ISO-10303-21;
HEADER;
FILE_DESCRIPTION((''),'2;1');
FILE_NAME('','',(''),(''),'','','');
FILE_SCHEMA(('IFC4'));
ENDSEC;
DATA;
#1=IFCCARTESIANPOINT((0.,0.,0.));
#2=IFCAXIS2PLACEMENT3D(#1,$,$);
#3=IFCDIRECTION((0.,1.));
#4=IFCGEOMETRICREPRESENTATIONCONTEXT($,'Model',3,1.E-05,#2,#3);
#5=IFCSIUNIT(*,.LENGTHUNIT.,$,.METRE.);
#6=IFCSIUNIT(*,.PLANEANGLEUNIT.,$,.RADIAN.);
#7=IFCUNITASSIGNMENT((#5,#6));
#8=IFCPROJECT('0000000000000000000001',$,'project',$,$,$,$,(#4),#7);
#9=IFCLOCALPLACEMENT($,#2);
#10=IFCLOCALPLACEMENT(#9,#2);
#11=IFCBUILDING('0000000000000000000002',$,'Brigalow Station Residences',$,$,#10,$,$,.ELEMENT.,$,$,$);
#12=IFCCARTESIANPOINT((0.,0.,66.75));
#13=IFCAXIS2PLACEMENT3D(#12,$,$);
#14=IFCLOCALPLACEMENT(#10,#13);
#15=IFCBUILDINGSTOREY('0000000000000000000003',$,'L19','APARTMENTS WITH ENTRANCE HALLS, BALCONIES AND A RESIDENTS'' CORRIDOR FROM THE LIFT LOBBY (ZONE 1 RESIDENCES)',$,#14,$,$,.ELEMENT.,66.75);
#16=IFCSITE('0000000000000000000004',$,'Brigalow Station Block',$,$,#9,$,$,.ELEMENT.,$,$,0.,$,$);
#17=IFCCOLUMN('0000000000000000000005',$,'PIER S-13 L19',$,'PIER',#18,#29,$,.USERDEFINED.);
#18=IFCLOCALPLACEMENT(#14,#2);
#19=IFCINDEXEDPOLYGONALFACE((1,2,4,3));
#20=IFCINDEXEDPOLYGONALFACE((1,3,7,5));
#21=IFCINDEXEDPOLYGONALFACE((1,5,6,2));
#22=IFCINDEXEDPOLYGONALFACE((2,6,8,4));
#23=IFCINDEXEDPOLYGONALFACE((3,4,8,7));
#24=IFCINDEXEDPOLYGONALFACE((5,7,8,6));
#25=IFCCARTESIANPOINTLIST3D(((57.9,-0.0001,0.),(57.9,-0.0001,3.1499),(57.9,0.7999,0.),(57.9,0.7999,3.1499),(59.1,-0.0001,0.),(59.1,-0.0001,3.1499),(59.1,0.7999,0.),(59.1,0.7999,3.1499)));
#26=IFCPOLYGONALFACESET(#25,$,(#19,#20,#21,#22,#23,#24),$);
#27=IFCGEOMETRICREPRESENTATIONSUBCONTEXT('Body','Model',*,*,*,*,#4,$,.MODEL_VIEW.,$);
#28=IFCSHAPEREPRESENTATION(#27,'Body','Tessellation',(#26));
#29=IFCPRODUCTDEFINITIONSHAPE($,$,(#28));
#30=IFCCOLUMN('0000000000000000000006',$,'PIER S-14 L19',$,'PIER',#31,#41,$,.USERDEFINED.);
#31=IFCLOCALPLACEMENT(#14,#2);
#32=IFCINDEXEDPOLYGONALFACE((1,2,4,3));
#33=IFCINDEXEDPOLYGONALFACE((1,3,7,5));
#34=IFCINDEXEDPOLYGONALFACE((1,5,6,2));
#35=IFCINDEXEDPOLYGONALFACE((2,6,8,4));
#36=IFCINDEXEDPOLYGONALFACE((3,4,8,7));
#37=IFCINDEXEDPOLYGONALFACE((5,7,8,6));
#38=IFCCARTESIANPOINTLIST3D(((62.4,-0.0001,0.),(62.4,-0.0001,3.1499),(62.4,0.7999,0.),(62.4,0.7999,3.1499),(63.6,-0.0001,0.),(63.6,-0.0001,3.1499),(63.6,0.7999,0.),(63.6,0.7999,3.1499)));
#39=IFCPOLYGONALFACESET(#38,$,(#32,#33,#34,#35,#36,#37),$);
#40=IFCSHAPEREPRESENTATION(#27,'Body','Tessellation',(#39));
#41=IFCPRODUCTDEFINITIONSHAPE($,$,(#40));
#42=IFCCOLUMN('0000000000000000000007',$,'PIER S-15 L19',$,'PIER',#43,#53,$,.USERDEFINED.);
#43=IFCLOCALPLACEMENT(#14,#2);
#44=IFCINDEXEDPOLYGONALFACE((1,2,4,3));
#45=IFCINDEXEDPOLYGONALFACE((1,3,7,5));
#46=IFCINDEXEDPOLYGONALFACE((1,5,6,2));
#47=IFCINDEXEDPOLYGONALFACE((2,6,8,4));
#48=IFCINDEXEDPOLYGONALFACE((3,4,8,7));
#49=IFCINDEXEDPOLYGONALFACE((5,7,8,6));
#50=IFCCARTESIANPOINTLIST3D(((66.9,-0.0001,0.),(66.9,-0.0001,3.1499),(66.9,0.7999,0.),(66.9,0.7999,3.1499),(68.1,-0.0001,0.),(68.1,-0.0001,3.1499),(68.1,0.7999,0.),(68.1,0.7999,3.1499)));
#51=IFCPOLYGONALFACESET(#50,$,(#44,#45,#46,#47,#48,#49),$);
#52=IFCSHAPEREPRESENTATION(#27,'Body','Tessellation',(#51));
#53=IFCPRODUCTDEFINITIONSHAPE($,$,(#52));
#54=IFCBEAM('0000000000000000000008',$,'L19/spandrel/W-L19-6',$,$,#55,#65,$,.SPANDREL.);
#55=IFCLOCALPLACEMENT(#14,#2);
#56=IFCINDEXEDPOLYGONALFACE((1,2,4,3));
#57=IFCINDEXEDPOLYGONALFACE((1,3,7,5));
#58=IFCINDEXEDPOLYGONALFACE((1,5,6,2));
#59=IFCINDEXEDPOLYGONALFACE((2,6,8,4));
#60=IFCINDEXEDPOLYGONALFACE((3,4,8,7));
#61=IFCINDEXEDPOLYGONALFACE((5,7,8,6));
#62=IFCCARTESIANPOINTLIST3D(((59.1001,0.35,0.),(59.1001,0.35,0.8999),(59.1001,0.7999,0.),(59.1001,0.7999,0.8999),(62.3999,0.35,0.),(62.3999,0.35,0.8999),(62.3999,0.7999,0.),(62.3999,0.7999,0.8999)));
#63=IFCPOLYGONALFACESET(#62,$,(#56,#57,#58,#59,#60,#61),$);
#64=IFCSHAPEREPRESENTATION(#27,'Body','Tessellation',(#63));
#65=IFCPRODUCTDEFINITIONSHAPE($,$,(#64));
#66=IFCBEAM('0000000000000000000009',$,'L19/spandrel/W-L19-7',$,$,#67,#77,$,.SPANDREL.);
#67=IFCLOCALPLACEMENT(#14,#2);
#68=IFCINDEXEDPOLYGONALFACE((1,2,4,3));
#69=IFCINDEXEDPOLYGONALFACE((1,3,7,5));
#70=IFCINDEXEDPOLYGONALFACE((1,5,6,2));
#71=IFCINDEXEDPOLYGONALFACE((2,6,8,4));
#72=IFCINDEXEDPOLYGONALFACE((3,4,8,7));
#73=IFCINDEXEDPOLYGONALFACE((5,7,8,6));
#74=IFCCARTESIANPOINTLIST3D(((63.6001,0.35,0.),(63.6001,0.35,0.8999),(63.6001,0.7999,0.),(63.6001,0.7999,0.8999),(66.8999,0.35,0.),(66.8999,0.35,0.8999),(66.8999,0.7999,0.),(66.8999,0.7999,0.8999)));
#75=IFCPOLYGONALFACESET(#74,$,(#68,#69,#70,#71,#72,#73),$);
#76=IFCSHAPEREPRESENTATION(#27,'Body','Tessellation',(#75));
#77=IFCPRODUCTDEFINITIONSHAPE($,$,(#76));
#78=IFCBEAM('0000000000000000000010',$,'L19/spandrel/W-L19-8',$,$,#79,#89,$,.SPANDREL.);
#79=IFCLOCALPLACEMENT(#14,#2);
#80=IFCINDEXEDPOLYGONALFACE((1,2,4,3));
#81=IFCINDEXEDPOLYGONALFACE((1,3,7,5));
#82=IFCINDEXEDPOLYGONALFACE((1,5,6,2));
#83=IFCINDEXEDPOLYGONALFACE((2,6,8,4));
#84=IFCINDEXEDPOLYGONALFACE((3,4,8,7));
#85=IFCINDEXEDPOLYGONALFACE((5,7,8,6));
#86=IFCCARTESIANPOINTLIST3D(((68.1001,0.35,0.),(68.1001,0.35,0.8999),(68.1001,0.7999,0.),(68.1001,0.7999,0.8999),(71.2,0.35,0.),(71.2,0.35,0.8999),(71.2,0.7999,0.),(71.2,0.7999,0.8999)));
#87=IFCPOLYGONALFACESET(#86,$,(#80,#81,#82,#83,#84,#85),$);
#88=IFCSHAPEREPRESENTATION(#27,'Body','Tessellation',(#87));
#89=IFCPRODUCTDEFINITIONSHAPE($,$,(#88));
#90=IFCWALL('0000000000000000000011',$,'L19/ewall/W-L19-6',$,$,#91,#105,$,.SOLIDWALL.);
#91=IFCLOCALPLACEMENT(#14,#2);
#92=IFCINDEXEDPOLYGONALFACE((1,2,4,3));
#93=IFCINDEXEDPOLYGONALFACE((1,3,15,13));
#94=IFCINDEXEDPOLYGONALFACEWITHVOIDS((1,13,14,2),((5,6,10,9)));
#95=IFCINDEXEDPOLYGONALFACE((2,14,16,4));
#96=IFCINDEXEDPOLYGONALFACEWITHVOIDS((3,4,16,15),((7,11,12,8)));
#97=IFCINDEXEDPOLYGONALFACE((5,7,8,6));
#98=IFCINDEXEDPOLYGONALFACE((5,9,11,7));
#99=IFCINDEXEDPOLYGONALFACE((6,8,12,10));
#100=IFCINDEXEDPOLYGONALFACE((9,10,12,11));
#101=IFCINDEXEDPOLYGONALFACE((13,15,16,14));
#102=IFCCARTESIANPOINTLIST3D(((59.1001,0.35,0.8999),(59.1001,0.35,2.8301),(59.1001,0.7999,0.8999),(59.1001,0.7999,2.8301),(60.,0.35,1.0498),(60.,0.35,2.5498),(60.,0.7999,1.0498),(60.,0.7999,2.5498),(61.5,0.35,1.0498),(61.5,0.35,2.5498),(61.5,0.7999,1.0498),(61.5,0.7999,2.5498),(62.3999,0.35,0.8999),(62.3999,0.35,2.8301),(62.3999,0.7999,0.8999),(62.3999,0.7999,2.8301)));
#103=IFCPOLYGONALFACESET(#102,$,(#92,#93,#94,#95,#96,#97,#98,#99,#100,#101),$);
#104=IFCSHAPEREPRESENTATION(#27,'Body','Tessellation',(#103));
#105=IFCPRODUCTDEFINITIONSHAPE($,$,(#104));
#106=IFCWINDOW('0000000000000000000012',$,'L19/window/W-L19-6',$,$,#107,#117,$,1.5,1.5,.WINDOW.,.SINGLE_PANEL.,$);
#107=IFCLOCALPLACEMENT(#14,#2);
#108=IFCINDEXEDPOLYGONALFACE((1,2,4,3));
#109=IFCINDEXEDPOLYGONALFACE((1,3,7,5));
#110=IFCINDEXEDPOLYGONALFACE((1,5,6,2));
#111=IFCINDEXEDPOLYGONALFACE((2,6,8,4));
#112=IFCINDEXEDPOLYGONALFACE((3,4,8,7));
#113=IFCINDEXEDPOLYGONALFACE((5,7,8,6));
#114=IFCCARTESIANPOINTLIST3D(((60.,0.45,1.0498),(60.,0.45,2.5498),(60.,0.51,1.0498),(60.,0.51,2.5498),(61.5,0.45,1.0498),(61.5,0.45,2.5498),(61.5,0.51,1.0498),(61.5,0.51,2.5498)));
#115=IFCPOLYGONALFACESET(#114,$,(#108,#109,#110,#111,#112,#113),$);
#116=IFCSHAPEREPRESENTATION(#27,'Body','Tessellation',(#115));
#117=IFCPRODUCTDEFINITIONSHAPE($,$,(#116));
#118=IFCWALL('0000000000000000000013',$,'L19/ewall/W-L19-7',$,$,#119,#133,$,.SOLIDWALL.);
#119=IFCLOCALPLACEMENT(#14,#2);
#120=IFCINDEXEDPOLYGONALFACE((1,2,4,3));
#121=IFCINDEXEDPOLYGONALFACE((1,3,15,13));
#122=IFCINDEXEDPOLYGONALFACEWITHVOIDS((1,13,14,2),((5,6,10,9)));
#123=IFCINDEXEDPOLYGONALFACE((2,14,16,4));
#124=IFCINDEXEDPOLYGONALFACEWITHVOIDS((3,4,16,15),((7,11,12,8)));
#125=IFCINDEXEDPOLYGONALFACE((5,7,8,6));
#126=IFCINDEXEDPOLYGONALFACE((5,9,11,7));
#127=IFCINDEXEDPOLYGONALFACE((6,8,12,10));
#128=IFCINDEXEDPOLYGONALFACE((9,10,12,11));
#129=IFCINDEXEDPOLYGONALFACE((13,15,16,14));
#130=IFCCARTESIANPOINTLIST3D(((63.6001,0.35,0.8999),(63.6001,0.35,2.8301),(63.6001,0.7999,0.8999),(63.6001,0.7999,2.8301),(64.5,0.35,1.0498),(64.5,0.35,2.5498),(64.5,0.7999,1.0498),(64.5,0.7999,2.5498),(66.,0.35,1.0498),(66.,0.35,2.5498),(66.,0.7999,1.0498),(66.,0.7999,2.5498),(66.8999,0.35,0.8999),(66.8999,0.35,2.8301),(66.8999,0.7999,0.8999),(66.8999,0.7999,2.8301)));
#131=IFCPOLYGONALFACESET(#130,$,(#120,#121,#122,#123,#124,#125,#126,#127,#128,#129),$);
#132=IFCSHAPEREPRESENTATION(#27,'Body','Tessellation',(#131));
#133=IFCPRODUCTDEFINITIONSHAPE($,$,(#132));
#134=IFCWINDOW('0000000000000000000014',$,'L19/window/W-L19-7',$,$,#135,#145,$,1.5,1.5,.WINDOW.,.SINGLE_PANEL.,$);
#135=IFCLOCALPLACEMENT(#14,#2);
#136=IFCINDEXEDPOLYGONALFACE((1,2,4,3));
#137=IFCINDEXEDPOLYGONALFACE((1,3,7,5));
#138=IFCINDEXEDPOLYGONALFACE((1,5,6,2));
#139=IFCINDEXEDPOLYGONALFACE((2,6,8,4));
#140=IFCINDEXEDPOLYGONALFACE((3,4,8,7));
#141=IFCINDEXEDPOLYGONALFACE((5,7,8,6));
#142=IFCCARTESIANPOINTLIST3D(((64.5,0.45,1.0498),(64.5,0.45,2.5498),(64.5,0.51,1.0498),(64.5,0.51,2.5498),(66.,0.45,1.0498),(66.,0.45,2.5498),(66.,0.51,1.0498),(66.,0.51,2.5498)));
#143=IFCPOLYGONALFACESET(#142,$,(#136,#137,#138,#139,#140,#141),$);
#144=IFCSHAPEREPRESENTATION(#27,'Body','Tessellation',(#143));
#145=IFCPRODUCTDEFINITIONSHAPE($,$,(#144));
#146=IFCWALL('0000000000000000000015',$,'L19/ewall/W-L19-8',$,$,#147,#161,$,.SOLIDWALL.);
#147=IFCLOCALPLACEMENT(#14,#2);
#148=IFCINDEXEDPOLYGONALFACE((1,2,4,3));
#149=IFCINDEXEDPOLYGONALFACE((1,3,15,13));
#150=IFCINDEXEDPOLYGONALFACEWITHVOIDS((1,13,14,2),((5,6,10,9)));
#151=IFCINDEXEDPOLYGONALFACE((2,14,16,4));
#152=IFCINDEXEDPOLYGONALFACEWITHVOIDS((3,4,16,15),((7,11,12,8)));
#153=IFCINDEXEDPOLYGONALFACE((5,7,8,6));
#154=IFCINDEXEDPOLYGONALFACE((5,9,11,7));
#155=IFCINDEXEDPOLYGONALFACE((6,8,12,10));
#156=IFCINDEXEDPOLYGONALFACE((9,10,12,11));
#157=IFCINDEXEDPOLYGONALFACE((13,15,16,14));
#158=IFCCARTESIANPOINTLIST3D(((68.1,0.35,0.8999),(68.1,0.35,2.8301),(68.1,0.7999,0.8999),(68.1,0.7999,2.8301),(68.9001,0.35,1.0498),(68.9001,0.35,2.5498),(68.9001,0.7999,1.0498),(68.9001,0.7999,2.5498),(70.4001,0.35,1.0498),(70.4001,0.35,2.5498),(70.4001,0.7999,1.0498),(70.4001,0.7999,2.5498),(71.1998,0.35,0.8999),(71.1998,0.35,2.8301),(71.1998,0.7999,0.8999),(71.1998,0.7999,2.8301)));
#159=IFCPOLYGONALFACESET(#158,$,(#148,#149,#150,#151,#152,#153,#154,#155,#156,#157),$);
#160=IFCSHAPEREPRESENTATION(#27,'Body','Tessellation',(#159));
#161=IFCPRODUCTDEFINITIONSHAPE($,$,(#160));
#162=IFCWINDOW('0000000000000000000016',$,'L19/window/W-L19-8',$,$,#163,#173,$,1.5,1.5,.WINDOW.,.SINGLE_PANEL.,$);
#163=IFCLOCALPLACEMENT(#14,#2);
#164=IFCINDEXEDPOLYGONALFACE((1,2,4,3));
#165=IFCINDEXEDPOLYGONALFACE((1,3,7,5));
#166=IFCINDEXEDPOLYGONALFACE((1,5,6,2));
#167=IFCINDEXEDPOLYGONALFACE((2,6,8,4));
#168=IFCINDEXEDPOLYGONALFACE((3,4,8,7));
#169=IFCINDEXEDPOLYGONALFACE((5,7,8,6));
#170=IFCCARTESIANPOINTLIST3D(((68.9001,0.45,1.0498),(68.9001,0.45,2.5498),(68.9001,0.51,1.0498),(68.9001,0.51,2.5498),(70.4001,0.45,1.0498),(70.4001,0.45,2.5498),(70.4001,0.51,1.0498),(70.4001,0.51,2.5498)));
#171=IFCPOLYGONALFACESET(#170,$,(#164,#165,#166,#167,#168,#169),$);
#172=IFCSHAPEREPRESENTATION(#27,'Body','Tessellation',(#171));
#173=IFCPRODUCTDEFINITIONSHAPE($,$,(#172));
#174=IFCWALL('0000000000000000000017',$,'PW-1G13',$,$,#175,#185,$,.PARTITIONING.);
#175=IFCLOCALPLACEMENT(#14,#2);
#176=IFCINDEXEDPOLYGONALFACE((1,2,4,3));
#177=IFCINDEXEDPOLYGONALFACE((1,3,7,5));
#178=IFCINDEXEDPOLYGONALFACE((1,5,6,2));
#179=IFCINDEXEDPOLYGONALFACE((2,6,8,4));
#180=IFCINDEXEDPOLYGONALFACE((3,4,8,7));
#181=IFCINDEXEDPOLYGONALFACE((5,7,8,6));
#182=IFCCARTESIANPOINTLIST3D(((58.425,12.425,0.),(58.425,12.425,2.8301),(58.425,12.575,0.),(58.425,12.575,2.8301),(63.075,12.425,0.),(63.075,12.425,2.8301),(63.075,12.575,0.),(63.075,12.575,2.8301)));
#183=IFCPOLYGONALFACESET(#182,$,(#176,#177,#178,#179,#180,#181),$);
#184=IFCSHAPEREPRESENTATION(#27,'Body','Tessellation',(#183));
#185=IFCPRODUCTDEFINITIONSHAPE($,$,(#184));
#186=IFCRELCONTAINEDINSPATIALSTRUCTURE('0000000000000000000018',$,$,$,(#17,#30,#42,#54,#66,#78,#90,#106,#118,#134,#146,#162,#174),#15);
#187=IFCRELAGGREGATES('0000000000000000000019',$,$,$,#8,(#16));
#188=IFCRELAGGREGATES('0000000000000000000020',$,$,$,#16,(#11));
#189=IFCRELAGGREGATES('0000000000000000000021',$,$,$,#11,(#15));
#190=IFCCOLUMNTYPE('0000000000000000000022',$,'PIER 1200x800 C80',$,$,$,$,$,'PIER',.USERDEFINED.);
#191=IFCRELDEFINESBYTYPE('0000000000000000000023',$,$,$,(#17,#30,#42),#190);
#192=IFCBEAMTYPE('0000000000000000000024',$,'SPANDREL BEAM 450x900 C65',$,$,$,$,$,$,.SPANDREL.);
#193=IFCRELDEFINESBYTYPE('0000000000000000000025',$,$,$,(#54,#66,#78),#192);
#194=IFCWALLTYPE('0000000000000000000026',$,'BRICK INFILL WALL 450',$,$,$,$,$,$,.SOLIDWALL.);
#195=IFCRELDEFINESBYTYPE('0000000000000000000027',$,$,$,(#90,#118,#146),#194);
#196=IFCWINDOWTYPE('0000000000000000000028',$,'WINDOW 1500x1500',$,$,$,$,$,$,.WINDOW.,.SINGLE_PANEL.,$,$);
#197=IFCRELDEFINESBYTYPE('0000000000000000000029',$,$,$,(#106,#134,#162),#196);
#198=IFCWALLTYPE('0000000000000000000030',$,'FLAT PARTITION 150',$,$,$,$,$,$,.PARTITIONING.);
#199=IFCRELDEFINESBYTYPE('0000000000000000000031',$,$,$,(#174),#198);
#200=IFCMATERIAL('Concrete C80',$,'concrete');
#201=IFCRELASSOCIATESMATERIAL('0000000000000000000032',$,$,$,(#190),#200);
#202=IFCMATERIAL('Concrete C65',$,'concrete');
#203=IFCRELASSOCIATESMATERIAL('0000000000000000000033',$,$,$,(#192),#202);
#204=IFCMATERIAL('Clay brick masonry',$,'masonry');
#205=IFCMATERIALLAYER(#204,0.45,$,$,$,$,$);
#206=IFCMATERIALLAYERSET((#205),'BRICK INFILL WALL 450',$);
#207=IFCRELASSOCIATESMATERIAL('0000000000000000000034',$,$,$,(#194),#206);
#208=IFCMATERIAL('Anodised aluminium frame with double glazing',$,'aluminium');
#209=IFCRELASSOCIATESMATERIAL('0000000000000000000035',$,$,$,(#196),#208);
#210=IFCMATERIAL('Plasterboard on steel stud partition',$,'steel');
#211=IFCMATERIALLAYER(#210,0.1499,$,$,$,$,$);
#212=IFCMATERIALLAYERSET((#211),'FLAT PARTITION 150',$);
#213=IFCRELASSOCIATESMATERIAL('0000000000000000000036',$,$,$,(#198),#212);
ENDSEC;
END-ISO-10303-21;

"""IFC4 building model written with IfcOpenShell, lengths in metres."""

from ifc_helpers import new_model, si_unit, direction, frame, frame_2d, origin, origin_2d, place, context, subcontext, project, spatial, rectangle, extrude, material, layer, layer_set, material_profile, profile_set, type_object, element, fill, save


model = new_model("IFC4")

# Units and contexts
model_context = context("Model", 3, precision=1e-05, world=origin(), true_north=direction((0.0, 1.0)))
body_context = subcontext(model_context, "Body", "Model", "MODEL_VIEW")
ifc_project = project(units=[si_unit("LENGTHUNIT", "METRE"), si_unit("PLANEANGLEUNIT", "RADIAN")], contexts=[model_context])

# Site, building, storey
site_placement = place(None, origin())
site = spatial("IfcSite", under=ifc_project, at=site_placement, Name="Brigalow Station Block", CompositionType="ELEMENT", RefElevation=0.0)
building_placement = place(site_placement, origin())
building = spatial("IfcBuilding", under=site, at=building_placement, Name="Brigalow Station Residences", CompositionType="ELEMENT")
storey_placement = place(building_placement, frame((0.0, 0.0, 66.75)))
storey = spatial("IfcBuildingStorey", under=building, at=storey_placement, Name="L19", Description="APARTMENTS WITH ENTRANCE HALLS, BALCONIES AND A RESIDENTS' CORRIDOR FROM THE LIFT LOBBY (ZONE 1 RESIDENCES)", CompositionType="ELEMENT", Elevation=66.75)

# Columns
ifc_material_1 = material(Name="Concrete C80", Category="concrete")
ifc_material_profile_1 = material_profile(ifc_material_1, rectangle(XDim=1.2, YDim=0.8, at=origin_2d()), Name="RC1200x800")
ifc_profile_set_1 = profile_set([ifc_material_profile_1], Name="Concrete C80")
column_type = type_object("IfcColumnType", Name="PIER 1200x800 C80", ElementType="PIER", PredefinedType="USERDEFINED", material=ifc_profile_set_1)
for number, where, z_axis, x_axis, name in (
    (1, (58.5, 0.3999, 0.0), (0.0, 0.0, 1.0), (1.0, 0.0, 0.0), "PIER S-13 L19"),
    (2, (63.0, 0.3999, 0.0), (0.0, 0.0, 1.0), (1.0, 0.0, 0.0), "PIER S-14 L19"),
    (3, (67.5, 0.3999, 0.0), (0.0, 0.0, 1.0), (1.0, 0.0, 0.0), "PIER S-15 L19"),
):
    element("IfcColumn", number, at=place(storey_placement, frame(where, z_axis=z_axis, x_axis=x_axis)), inside=storey, type_object=column_type, Name=name, ObjectType="PIER", PredefinedType="USERDEFINED", context=body_context, shape_type="SweptSolid", body=[
        extrude(rectangle(XDim=1.2, YDim=0.8, at=origin_2d()), origin(), (0.0, 0.0, 1.0), 3.1499),
    ])

# Beams
ifc_material_2 = material(Name="Concrete C65", Category="concrete")
ifc_material_profile_2 = material_profile(ifc_material_2, rectangle(XDim=0.45, YDim=0.8999, at=origin_2d()), Name="RC450x900")
ifc_profile_set_2 = profile_set([ifc_material_profile_2], Name="Concrete C65")
beam_type = type_object("IfcBeamType", Name="SPANDREL BEAM 450x900 C65", PredefinedType="SPANDREL", material=ifc_profile_set_2)
for number, where, z_axis, x_axis, name in (
    (4, (59.1001, 0.575, 0.45), (1.0, 0.0, 0.0), (0.0, 1.0, 0.0), "L19/spandrel/W-L19-6"),
    (5, (63.6001, 0.575, 0.45), (1.0, 0.0, 0.0), (0.0, 1.0, 0.0), "L19/spandrel/W-L19-7"),
):
    element("IfcBeam", number, at=place(storey_placement, frame(where, z_axis=z_axis, x_axis=x_axis)), inside=storey, type_object=beam_type, Name=name, PredefinedType="SPANDREL", context=body_context, shape_type="SweptSolid", body=[
        extrude(rectangle(XDim=0.45, YDim=0.8999, at=origin_2d()), origin(), (0.0, 0.0, 1.0), 3.2998),
    ])
beam_placement = place(storey_placement, frame((68.1001, 0.575, 0.45), z_axis=(1.0, 0.0, 0.0), x_axis=(0.0, 1.0, 0.0)))
element("IfcBeam", 6, at=beam_placement, inside=storey, type_object=beam_type, Name="L19/spandrel/W-L19-8", PredefinedType="SPANDREL", context=body_context, shape_type="SweptSolid", body=[
    extrude(rectangle(XDim=0.45, YDim=0.8999, at=origin_2d()), origin(), (0.0, 0.0, 1.0), 3.0999),
])

# Walls, openings, windows
ifc_material_3 = material(Name="Clay brick masonry", Category="masonry")
ifc_layer_1 = layer(ifc_material_3, 0.45)
ifc_layer_set_1 = layer_set([ifc_layer_1], Name="BRICK INFILL WALL 450")
wall_type_1 = type_object("IfcWallType", Name="BRICK INFILL WALL 450", PredefinedType="SOLIDWALL", material=ifc_layer_set_1)
wall_1_placement = place(storey_placement, frame((59.1001, 0.575, 0.8999), z_axis=(0.0, 0.0, 1.0), x_axis=(1.0, 0.0, 0.0)))
wall_1 = element("IfcWall", 7, at=wall_1_placement, inside=storey, type_object=wall_type_1, Name="L19/ewall/W-L19-6", PredefinedType="SOLIDWALL", context=body_context, shape_type="SweptSolid", body=[
    extrude(rectangle(XDim=3.2998, YDim=0.45, at=frame_2d((1.6499, 0.0))), origin(), (0.0, 0.0, 1.0), 1.9302),
])
opening_1_placement = place(wall_1_placement, frame((0.8999, 0.0, 0.1499)))
opening_1 = element("IfcOpeningElement", 8, at=opening_1_placement, cuts=wall_1, PredefinedType="OPENING", context=body_context, shape_type="SweptSolid", body=[
    extrude(rectangle(XDim=1.5, YDim=1.5, at=frame_2d((0.75, 0.75))), frame((0.0, 0.2349, 0.0), z_axis=(0.0, -1.0, 0.0), x_axis=(1.0, 0.0, 0.0)), (0.0, 0.0, 1.0), 0.47),
])
ifc_material_4 = material(Name="Anodised aluminium frame with double glazing", Category="aluminium")
window_type = type_object("IfcWindowType", Name="WINDOW 1500x1500", PartitioningType="SINGLE_PANEL", PredefinedType="WINDOW", material=ifc_material_4)
window_1_placement = place(opening_1_placement, origin())
window_1 = element("IfcWindow", 9, at=window_1_placement, inside=storey, type_object=window_type, Name="L19/window/W-L19-6", OverallHeight=1.5, OverallWidth=1.5, PartitioningType="SINGLE_PANEL", PredefinedType="WINDOW", context=body_context, shape_type="SweptSolid", body=[
    extrude(rectangle(XDim=1.5, YDim=1.5, at=frame_2d((0.75, 0.75))), frame((0.0, -0.0649, 0.0), z_axis=(0.0, -1.0, 0.0), x_axis=(1.0, 0.0, 0.0)), (0.0, 0.0, 1.0), 0.0601),
])
fill(opening_1, window_1)
wall_2_placement = place(storey_placement, frame((63.6001, 0.575, 0.8999), z_axis=(0.0, 0.0, 1.0), x_axis=(1.0, 0.0, 0.0)))
wall_2 = element("IfcWall", 10, at=wall_2_placement, inside=storey, type_object=wall_type_1, Name="L19/ewall/W-L19-7", PredefinedType="SOLIDWALL", context=body_context, shape_type="SweptSolid", body=[
    extrude(rectangle(XDim=3.2998, YDim=0.45, at=frame_2d((1.6499, 0.0))), origin(), (0.0, 0.0, 1.0), 1.9302),
])
opening_2_placement = place(wall_2_placement, frame((0.8999, 0.0, 0.1499)))
opening_2 = element("IfcOpeningElement", 11, at=opening_2_placement, cuts=wall_2, PredefinedType="OPENING", context=body_context, shape_type="SweptSolid", body=[
    extrude(rectangle(XDim=1.5, YDim=1.5, at=frame_2d((0.75, 0.75))), frame((0.0, 0.2349, 0.0), z_axis=(0.0, -1.0, 0.0), x_axis=(1.0, 0.0, 0.0)), (0.0, 0.0, 1.0), 0.47),
])
window_2_placement = place(opening_2_placement, origin())
window_2 = element("IfcWindow", 12, at=window_2_placement, inside=storey, type_object=window_type, Name="L19/window/W-L19-7", OverallHeight=1.5, OverallWidth=1.5, PartitioningType="SINGLE_PANEL", PredefinedType="WINDOW", context=body_context, shape_type="SweptSolid", body=[
    extrude(rectangle(XDim=1.5, YDim=1.5, at=frame_2d((0.75, 0.75))), frame((0.0, -0.0649, 0.0), z_axis=(0.0, -1.0, 0.0), x_axis=(1.0, 0.0, 0.0)), (0.0, 0.0, 1.0), 0.0601),
])
fill(opening_2, window_2)
wall_3_placement = place(storey_placement, frame((68.1001, 0.575, 0.8999), z_axis=(0.0, 0.0, 1.0), x_axis=(1.0, 0.0, 0.0)))
wall_3 = element("IfcWall", 13, at=wall_3_placement, inside=storey, type_object=wall_type_1, Name="L19/ewall/W-L19-8", PredefinedType="SOLIDWALL", context=body_context, shape_type="SweptSolid", body=[
    extrude(rectangle(XDim=3.0999, YDim=0.45, at=frame_2d((1.5498, 0.0))), origin(), (0.0, 0.0, 1.0), 1.9302),
])
opening_3_placement = place(wall_3_placement, frame((0.8, 0.0, 0.1499)))
opening_3 = element("IfcOpeningElement", 14, at=opening_3_placement, cuts=wall_3, PredefinedType="OPENING", context=body_context, shape_type="SweptSolid", body=[
    extrude(rectangle(XDim=1.5, YDim=1.5, at=frame_2d((0.75, 0.75))), frame((0.0, 0.2349, 0.0), z_axis=(0.0, -1.0, 0.0), x_axis=(1.0, 0.0, 0.0)), (0.0, 0.0, 1.0), 0.47),
])
window_3_placement = place(opening_3_placement, origin())
window_3 = element("IfcWindow", 15, at=window_3_placement, inside=storey, type_object=window_type, Name="L19/window/W-L19-8", OverallHeight=1.5, OverallWidth=1.5, PartitioningType="SINGLE_PANEL", PredefinedType="WINDOW", context=body_context, shape_type="SweptSolid", body=[
    extrude(rectangle(XDim=1.5, YDim=1.5, at=frame_2d((0.75, 0.75))), frame((0.0, -0.0649, 0.0), z_axis=(0.0, -1.0, 0.0), x_axis=(1.0, 0.0, 0.0)), (0.0, 0.0, 1.0), 0.0601),
])
fill(opening_3, window_3)

# Wall
ifc_material_5 = material(Name="Plasterboard on steel stud partition", Category="steel")
ifc_layer_2 = layer(ifc_material_5, 0.1499)
ifc_layer_set_2 = layer_set([ifc_layer_2], Name="FLAT PARTITION 150")
wall_type_2 = type_object("IfcWallType", Name="FLAT PARTITION 150", PredefinedType="PARTITIONING", material=ifc_layer_set_2)
wall_4_placement = place(storey_placement, frame((58.425, 12.5, 0.0), z_axis=(0.0, 0.0, 1.0), x_axis=(1.0, 0.0, 0.0)))
element("IfcWall", 16, at=wall_4_placement, inside=storey, type_object=wall_type_2, Name="PW-1G13", PredefinedType="PARTITIONING", context=body_context, shape_type="SweptSolid", body=[
    extrude(rectangle(XDim=4.6499, YDim=0.1499, at=frame_2d((2.325, 0.0))), origin(), (0.0, 0.0, 1.0), 2.8301),
])

save(model, "model.ifc")
